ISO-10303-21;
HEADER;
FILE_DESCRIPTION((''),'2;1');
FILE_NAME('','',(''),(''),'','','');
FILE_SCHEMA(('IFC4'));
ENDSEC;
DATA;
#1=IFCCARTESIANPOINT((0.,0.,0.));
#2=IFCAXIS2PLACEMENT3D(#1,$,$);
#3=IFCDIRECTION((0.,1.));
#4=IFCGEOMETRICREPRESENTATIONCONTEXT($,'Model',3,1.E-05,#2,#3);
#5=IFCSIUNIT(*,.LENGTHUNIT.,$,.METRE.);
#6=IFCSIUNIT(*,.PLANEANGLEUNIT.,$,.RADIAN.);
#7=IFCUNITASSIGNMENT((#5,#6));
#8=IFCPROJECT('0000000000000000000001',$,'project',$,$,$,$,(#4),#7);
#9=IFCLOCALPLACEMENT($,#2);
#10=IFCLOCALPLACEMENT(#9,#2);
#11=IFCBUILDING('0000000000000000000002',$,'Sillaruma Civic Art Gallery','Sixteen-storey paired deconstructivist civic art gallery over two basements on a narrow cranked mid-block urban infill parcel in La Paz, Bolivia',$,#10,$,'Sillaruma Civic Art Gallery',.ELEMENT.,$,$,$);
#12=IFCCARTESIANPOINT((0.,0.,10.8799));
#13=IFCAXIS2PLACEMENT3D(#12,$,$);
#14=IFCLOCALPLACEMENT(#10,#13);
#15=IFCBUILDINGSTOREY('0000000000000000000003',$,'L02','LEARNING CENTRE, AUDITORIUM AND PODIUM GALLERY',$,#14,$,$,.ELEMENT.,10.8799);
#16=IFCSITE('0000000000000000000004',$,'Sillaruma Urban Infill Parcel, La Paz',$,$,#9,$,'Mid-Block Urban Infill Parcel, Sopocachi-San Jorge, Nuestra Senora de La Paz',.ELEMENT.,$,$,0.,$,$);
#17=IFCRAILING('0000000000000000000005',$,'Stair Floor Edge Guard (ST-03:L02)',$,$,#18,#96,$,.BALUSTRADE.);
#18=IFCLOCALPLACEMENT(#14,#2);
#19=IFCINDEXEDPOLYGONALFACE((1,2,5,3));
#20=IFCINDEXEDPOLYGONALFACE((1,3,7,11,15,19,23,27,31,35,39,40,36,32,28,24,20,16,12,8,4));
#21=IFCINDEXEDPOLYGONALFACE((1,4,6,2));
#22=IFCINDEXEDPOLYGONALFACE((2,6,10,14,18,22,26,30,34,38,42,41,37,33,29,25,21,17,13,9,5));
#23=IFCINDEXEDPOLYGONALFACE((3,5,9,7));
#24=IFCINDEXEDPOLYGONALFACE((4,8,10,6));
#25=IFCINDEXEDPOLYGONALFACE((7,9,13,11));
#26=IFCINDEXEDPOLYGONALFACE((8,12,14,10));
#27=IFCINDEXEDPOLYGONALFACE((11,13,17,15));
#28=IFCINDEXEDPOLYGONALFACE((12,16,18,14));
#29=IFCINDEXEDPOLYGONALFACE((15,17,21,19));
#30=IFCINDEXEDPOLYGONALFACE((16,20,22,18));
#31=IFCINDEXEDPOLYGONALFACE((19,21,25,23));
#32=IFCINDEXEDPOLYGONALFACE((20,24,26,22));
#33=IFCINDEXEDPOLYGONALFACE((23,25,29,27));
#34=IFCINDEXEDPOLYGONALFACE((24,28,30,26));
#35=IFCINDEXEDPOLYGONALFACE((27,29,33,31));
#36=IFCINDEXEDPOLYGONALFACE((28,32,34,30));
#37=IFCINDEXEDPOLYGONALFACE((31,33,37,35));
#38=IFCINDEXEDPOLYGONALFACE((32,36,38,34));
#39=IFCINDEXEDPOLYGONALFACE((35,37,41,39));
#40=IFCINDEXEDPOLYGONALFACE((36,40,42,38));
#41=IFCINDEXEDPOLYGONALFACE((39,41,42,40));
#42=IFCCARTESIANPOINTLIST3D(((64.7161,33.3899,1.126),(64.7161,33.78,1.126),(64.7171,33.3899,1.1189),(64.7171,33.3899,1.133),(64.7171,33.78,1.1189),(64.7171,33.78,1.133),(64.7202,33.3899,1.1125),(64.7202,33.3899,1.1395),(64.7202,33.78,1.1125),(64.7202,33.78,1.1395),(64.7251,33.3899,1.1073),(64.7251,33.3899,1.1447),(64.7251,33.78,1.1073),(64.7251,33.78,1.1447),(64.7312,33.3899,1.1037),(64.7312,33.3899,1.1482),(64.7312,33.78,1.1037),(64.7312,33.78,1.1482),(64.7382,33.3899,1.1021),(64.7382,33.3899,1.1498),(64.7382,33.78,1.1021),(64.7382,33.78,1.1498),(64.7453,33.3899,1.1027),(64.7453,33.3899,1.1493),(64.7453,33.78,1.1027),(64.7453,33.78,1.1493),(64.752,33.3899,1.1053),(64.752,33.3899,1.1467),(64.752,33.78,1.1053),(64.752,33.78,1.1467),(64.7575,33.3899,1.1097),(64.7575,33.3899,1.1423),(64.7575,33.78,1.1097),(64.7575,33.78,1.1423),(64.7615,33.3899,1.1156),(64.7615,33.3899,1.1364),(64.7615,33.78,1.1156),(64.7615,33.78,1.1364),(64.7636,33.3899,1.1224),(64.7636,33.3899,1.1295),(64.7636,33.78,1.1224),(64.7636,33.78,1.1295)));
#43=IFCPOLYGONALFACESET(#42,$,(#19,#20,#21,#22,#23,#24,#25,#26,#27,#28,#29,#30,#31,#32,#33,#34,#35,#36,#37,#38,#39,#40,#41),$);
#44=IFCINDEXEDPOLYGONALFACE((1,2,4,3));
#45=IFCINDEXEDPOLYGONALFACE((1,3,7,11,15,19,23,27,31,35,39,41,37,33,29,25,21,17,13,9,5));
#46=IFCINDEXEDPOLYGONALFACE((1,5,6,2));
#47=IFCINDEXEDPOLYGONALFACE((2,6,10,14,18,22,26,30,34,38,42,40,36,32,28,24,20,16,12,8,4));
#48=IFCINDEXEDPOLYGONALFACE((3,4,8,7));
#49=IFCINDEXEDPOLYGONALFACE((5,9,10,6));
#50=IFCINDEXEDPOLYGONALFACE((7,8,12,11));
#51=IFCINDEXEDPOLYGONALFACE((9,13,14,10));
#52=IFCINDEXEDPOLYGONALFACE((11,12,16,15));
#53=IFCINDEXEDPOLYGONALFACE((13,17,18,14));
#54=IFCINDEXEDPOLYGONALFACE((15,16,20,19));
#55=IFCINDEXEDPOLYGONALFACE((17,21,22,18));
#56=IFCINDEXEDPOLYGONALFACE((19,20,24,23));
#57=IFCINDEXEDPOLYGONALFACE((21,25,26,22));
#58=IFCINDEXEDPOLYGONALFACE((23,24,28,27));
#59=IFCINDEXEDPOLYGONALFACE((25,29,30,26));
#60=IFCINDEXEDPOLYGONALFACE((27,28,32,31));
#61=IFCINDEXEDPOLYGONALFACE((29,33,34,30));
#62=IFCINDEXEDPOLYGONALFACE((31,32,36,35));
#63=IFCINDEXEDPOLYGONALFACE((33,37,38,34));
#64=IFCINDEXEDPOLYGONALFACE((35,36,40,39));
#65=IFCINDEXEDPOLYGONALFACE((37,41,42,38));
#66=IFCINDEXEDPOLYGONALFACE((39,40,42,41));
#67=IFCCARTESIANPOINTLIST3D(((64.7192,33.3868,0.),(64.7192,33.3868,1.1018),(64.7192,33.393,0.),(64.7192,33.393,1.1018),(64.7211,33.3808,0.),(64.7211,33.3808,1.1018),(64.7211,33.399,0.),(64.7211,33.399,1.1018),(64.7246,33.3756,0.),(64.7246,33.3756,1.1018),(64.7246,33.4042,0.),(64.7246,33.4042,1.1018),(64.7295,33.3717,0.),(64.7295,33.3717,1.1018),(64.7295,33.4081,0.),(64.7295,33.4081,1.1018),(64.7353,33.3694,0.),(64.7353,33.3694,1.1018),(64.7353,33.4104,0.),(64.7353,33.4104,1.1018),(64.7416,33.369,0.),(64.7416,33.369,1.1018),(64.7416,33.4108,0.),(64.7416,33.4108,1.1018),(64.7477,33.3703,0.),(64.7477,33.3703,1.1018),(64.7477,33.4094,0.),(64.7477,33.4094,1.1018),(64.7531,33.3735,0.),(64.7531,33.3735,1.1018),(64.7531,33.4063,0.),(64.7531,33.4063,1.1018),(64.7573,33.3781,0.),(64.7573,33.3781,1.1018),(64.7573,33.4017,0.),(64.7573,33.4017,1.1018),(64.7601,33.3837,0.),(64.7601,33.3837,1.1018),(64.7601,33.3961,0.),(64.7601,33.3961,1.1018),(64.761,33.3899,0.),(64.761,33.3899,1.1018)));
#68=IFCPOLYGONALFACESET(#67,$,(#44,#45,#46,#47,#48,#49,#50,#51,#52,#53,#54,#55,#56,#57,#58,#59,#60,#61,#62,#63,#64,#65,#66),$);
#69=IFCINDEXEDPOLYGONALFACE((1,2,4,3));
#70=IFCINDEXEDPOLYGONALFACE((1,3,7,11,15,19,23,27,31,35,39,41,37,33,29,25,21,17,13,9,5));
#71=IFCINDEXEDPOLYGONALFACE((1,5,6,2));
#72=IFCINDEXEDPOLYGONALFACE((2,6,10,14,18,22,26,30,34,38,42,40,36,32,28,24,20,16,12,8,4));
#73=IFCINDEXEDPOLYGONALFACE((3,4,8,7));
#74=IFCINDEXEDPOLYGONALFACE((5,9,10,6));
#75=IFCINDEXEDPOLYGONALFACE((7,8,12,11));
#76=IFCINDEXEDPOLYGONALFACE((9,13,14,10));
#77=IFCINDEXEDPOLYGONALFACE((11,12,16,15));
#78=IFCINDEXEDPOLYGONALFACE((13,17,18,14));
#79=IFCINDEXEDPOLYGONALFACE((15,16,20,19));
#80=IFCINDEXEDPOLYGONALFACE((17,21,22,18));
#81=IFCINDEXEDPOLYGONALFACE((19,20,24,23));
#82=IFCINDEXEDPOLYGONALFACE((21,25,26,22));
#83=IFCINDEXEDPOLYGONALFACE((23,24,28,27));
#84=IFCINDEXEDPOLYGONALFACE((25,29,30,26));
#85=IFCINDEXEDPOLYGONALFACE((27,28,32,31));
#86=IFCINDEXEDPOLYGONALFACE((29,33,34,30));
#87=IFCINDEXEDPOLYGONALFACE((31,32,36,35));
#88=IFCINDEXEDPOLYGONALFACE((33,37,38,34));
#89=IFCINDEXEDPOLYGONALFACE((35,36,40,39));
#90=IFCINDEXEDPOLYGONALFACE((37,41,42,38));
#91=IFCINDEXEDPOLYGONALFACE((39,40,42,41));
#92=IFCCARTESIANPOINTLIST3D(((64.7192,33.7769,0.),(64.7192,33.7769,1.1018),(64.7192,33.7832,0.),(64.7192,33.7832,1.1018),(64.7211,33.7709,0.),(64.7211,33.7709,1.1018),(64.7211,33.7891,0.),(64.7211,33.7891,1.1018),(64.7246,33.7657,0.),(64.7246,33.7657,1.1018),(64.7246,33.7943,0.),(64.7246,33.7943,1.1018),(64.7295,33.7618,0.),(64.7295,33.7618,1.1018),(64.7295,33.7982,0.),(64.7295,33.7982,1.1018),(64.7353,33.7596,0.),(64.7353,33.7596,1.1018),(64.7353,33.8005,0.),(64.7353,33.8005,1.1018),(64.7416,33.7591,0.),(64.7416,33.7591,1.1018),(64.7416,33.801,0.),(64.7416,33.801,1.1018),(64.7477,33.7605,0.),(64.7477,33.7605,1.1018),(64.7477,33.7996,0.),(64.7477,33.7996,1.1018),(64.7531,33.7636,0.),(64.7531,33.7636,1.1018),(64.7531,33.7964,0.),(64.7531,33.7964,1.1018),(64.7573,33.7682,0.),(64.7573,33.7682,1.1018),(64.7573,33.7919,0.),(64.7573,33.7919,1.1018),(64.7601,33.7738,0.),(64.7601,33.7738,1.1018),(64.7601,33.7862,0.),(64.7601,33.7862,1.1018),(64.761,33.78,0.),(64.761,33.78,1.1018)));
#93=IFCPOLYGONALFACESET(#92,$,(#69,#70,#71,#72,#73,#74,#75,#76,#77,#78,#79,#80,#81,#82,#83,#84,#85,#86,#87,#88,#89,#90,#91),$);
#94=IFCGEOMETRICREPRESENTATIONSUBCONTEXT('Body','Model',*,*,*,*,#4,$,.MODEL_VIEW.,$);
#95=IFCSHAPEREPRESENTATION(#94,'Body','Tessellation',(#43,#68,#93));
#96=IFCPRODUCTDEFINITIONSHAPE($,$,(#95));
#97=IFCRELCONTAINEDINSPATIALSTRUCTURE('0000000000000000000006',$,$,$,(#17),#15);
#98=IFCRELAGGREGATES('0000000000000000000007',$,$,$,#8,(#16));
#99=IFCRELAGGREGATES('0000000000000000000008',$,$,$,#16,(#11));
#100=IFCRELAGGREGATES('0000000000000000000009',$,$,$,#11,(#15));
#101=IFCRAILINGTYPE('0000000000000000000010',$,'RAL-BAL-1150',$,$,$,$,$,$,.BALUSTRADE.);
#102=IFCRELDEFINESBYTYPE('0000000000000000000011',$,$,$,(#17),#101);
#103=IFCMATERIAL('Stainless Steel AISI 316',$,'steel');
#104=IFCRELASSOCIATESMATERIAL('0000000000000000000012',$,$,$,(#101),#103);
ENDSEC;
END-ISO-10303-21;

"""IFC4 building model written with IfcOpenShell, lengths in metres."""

from ifc_helpers import new_model, si_unit, direction, frame, origin, origin_2d, place, context, subcontext, project, spatial, circle, extrude, material, type_object, element, save


model = new_model("IFC4")

# Units and contexts
model_context = context("Model", 3, precision=1e-05, world=origin(), true_north=direction((0.0, 1.0)))
body_context = subcontext(model_context, "Body", "Model", "MODEL_VIEW")
ifc_project = project(units=[si_unit("LENGTHUNIT", "METRE"), si_unit("PLANEANGLEUNIT", "RADIAN")], contexts=[model_context])

# Site, building, storey
site_placement = place(None, origin())
site = spatial("IfcSite", under=ifc_project, at=site_placement, Name="Sillaruma Urban Infill Parcel, La Paz", LongName="Mid-Block Urban Infill Parcel, Sopocachi-San Jorge, Nuestra Senora de La Paz", CompositionType="ELEMENT", RefElevation=0.0)
building_placement = place(site_placement, origin())
building = spatial("IfcBuilding", under=site, at=building_placement, Name="Sillaruma Civic Art Gallery", Description="Sixteen-storey paired deconstructivist civic art gallery over two basements on a narrow cranked mid-block urban infill parcel in La Paz, Bolivia", LongName="Sillaruma Civic Art Gallery", CompositionType="ELEMENT")
storey_placement = place(building_placement, frame((0.0, 0.0, 10.8799)))
storey = spatial("IfcBuildingStorey", under=building, at=storey_placement, Name="L02", Description="LEARNING CENTRE, AUDITORIUM AND PODIUM GALLERY", CompositionType="ELEMENT", Elevation=10.8799)

# Railing
ifc_material_1 = material(Name="Stainless Steel AISI 316", Category="steel")
railing_type_1 = type_object("IfcRailingType", Name="RAL-BAL-1150", PredefinedType="BALUSTRADE", material=ifc_material_1)
railing_1_placement = place(storey_placement, frame((64.74, 33.3899, 0.0)))
element("IfcRailing", 1, at=railing_1_placement, inside=storey, type_object=railing_type_1, Name="Stair Floor Edge Guard (ST-03:L02)", PredefinedType="BALUSTRADE", context=body_context, shape_type="SweptSolid", body=[
    extrude(circle(Radius=0.0239, at=origin_2d()), frame((0.0, 0.0, 1.126), z_axis=(0.0, 1.0, 0.0), x_axis=(-1.0, 0.0, 0.0)), (0.0, 0.0, 1.0), 0.3901),
    extrude(circle(Radius=0.021, at=origin_2d()), origin(), (0.0, 0.0, 1.0), 1.1018),
    extrude(circle(Radius=0.021, at=origin_2d()), frame((0.0, 0.3901, 0.0)), (0.0, 0.0, 1.0), 1.1018),
])

save(model, "model.ifc")
